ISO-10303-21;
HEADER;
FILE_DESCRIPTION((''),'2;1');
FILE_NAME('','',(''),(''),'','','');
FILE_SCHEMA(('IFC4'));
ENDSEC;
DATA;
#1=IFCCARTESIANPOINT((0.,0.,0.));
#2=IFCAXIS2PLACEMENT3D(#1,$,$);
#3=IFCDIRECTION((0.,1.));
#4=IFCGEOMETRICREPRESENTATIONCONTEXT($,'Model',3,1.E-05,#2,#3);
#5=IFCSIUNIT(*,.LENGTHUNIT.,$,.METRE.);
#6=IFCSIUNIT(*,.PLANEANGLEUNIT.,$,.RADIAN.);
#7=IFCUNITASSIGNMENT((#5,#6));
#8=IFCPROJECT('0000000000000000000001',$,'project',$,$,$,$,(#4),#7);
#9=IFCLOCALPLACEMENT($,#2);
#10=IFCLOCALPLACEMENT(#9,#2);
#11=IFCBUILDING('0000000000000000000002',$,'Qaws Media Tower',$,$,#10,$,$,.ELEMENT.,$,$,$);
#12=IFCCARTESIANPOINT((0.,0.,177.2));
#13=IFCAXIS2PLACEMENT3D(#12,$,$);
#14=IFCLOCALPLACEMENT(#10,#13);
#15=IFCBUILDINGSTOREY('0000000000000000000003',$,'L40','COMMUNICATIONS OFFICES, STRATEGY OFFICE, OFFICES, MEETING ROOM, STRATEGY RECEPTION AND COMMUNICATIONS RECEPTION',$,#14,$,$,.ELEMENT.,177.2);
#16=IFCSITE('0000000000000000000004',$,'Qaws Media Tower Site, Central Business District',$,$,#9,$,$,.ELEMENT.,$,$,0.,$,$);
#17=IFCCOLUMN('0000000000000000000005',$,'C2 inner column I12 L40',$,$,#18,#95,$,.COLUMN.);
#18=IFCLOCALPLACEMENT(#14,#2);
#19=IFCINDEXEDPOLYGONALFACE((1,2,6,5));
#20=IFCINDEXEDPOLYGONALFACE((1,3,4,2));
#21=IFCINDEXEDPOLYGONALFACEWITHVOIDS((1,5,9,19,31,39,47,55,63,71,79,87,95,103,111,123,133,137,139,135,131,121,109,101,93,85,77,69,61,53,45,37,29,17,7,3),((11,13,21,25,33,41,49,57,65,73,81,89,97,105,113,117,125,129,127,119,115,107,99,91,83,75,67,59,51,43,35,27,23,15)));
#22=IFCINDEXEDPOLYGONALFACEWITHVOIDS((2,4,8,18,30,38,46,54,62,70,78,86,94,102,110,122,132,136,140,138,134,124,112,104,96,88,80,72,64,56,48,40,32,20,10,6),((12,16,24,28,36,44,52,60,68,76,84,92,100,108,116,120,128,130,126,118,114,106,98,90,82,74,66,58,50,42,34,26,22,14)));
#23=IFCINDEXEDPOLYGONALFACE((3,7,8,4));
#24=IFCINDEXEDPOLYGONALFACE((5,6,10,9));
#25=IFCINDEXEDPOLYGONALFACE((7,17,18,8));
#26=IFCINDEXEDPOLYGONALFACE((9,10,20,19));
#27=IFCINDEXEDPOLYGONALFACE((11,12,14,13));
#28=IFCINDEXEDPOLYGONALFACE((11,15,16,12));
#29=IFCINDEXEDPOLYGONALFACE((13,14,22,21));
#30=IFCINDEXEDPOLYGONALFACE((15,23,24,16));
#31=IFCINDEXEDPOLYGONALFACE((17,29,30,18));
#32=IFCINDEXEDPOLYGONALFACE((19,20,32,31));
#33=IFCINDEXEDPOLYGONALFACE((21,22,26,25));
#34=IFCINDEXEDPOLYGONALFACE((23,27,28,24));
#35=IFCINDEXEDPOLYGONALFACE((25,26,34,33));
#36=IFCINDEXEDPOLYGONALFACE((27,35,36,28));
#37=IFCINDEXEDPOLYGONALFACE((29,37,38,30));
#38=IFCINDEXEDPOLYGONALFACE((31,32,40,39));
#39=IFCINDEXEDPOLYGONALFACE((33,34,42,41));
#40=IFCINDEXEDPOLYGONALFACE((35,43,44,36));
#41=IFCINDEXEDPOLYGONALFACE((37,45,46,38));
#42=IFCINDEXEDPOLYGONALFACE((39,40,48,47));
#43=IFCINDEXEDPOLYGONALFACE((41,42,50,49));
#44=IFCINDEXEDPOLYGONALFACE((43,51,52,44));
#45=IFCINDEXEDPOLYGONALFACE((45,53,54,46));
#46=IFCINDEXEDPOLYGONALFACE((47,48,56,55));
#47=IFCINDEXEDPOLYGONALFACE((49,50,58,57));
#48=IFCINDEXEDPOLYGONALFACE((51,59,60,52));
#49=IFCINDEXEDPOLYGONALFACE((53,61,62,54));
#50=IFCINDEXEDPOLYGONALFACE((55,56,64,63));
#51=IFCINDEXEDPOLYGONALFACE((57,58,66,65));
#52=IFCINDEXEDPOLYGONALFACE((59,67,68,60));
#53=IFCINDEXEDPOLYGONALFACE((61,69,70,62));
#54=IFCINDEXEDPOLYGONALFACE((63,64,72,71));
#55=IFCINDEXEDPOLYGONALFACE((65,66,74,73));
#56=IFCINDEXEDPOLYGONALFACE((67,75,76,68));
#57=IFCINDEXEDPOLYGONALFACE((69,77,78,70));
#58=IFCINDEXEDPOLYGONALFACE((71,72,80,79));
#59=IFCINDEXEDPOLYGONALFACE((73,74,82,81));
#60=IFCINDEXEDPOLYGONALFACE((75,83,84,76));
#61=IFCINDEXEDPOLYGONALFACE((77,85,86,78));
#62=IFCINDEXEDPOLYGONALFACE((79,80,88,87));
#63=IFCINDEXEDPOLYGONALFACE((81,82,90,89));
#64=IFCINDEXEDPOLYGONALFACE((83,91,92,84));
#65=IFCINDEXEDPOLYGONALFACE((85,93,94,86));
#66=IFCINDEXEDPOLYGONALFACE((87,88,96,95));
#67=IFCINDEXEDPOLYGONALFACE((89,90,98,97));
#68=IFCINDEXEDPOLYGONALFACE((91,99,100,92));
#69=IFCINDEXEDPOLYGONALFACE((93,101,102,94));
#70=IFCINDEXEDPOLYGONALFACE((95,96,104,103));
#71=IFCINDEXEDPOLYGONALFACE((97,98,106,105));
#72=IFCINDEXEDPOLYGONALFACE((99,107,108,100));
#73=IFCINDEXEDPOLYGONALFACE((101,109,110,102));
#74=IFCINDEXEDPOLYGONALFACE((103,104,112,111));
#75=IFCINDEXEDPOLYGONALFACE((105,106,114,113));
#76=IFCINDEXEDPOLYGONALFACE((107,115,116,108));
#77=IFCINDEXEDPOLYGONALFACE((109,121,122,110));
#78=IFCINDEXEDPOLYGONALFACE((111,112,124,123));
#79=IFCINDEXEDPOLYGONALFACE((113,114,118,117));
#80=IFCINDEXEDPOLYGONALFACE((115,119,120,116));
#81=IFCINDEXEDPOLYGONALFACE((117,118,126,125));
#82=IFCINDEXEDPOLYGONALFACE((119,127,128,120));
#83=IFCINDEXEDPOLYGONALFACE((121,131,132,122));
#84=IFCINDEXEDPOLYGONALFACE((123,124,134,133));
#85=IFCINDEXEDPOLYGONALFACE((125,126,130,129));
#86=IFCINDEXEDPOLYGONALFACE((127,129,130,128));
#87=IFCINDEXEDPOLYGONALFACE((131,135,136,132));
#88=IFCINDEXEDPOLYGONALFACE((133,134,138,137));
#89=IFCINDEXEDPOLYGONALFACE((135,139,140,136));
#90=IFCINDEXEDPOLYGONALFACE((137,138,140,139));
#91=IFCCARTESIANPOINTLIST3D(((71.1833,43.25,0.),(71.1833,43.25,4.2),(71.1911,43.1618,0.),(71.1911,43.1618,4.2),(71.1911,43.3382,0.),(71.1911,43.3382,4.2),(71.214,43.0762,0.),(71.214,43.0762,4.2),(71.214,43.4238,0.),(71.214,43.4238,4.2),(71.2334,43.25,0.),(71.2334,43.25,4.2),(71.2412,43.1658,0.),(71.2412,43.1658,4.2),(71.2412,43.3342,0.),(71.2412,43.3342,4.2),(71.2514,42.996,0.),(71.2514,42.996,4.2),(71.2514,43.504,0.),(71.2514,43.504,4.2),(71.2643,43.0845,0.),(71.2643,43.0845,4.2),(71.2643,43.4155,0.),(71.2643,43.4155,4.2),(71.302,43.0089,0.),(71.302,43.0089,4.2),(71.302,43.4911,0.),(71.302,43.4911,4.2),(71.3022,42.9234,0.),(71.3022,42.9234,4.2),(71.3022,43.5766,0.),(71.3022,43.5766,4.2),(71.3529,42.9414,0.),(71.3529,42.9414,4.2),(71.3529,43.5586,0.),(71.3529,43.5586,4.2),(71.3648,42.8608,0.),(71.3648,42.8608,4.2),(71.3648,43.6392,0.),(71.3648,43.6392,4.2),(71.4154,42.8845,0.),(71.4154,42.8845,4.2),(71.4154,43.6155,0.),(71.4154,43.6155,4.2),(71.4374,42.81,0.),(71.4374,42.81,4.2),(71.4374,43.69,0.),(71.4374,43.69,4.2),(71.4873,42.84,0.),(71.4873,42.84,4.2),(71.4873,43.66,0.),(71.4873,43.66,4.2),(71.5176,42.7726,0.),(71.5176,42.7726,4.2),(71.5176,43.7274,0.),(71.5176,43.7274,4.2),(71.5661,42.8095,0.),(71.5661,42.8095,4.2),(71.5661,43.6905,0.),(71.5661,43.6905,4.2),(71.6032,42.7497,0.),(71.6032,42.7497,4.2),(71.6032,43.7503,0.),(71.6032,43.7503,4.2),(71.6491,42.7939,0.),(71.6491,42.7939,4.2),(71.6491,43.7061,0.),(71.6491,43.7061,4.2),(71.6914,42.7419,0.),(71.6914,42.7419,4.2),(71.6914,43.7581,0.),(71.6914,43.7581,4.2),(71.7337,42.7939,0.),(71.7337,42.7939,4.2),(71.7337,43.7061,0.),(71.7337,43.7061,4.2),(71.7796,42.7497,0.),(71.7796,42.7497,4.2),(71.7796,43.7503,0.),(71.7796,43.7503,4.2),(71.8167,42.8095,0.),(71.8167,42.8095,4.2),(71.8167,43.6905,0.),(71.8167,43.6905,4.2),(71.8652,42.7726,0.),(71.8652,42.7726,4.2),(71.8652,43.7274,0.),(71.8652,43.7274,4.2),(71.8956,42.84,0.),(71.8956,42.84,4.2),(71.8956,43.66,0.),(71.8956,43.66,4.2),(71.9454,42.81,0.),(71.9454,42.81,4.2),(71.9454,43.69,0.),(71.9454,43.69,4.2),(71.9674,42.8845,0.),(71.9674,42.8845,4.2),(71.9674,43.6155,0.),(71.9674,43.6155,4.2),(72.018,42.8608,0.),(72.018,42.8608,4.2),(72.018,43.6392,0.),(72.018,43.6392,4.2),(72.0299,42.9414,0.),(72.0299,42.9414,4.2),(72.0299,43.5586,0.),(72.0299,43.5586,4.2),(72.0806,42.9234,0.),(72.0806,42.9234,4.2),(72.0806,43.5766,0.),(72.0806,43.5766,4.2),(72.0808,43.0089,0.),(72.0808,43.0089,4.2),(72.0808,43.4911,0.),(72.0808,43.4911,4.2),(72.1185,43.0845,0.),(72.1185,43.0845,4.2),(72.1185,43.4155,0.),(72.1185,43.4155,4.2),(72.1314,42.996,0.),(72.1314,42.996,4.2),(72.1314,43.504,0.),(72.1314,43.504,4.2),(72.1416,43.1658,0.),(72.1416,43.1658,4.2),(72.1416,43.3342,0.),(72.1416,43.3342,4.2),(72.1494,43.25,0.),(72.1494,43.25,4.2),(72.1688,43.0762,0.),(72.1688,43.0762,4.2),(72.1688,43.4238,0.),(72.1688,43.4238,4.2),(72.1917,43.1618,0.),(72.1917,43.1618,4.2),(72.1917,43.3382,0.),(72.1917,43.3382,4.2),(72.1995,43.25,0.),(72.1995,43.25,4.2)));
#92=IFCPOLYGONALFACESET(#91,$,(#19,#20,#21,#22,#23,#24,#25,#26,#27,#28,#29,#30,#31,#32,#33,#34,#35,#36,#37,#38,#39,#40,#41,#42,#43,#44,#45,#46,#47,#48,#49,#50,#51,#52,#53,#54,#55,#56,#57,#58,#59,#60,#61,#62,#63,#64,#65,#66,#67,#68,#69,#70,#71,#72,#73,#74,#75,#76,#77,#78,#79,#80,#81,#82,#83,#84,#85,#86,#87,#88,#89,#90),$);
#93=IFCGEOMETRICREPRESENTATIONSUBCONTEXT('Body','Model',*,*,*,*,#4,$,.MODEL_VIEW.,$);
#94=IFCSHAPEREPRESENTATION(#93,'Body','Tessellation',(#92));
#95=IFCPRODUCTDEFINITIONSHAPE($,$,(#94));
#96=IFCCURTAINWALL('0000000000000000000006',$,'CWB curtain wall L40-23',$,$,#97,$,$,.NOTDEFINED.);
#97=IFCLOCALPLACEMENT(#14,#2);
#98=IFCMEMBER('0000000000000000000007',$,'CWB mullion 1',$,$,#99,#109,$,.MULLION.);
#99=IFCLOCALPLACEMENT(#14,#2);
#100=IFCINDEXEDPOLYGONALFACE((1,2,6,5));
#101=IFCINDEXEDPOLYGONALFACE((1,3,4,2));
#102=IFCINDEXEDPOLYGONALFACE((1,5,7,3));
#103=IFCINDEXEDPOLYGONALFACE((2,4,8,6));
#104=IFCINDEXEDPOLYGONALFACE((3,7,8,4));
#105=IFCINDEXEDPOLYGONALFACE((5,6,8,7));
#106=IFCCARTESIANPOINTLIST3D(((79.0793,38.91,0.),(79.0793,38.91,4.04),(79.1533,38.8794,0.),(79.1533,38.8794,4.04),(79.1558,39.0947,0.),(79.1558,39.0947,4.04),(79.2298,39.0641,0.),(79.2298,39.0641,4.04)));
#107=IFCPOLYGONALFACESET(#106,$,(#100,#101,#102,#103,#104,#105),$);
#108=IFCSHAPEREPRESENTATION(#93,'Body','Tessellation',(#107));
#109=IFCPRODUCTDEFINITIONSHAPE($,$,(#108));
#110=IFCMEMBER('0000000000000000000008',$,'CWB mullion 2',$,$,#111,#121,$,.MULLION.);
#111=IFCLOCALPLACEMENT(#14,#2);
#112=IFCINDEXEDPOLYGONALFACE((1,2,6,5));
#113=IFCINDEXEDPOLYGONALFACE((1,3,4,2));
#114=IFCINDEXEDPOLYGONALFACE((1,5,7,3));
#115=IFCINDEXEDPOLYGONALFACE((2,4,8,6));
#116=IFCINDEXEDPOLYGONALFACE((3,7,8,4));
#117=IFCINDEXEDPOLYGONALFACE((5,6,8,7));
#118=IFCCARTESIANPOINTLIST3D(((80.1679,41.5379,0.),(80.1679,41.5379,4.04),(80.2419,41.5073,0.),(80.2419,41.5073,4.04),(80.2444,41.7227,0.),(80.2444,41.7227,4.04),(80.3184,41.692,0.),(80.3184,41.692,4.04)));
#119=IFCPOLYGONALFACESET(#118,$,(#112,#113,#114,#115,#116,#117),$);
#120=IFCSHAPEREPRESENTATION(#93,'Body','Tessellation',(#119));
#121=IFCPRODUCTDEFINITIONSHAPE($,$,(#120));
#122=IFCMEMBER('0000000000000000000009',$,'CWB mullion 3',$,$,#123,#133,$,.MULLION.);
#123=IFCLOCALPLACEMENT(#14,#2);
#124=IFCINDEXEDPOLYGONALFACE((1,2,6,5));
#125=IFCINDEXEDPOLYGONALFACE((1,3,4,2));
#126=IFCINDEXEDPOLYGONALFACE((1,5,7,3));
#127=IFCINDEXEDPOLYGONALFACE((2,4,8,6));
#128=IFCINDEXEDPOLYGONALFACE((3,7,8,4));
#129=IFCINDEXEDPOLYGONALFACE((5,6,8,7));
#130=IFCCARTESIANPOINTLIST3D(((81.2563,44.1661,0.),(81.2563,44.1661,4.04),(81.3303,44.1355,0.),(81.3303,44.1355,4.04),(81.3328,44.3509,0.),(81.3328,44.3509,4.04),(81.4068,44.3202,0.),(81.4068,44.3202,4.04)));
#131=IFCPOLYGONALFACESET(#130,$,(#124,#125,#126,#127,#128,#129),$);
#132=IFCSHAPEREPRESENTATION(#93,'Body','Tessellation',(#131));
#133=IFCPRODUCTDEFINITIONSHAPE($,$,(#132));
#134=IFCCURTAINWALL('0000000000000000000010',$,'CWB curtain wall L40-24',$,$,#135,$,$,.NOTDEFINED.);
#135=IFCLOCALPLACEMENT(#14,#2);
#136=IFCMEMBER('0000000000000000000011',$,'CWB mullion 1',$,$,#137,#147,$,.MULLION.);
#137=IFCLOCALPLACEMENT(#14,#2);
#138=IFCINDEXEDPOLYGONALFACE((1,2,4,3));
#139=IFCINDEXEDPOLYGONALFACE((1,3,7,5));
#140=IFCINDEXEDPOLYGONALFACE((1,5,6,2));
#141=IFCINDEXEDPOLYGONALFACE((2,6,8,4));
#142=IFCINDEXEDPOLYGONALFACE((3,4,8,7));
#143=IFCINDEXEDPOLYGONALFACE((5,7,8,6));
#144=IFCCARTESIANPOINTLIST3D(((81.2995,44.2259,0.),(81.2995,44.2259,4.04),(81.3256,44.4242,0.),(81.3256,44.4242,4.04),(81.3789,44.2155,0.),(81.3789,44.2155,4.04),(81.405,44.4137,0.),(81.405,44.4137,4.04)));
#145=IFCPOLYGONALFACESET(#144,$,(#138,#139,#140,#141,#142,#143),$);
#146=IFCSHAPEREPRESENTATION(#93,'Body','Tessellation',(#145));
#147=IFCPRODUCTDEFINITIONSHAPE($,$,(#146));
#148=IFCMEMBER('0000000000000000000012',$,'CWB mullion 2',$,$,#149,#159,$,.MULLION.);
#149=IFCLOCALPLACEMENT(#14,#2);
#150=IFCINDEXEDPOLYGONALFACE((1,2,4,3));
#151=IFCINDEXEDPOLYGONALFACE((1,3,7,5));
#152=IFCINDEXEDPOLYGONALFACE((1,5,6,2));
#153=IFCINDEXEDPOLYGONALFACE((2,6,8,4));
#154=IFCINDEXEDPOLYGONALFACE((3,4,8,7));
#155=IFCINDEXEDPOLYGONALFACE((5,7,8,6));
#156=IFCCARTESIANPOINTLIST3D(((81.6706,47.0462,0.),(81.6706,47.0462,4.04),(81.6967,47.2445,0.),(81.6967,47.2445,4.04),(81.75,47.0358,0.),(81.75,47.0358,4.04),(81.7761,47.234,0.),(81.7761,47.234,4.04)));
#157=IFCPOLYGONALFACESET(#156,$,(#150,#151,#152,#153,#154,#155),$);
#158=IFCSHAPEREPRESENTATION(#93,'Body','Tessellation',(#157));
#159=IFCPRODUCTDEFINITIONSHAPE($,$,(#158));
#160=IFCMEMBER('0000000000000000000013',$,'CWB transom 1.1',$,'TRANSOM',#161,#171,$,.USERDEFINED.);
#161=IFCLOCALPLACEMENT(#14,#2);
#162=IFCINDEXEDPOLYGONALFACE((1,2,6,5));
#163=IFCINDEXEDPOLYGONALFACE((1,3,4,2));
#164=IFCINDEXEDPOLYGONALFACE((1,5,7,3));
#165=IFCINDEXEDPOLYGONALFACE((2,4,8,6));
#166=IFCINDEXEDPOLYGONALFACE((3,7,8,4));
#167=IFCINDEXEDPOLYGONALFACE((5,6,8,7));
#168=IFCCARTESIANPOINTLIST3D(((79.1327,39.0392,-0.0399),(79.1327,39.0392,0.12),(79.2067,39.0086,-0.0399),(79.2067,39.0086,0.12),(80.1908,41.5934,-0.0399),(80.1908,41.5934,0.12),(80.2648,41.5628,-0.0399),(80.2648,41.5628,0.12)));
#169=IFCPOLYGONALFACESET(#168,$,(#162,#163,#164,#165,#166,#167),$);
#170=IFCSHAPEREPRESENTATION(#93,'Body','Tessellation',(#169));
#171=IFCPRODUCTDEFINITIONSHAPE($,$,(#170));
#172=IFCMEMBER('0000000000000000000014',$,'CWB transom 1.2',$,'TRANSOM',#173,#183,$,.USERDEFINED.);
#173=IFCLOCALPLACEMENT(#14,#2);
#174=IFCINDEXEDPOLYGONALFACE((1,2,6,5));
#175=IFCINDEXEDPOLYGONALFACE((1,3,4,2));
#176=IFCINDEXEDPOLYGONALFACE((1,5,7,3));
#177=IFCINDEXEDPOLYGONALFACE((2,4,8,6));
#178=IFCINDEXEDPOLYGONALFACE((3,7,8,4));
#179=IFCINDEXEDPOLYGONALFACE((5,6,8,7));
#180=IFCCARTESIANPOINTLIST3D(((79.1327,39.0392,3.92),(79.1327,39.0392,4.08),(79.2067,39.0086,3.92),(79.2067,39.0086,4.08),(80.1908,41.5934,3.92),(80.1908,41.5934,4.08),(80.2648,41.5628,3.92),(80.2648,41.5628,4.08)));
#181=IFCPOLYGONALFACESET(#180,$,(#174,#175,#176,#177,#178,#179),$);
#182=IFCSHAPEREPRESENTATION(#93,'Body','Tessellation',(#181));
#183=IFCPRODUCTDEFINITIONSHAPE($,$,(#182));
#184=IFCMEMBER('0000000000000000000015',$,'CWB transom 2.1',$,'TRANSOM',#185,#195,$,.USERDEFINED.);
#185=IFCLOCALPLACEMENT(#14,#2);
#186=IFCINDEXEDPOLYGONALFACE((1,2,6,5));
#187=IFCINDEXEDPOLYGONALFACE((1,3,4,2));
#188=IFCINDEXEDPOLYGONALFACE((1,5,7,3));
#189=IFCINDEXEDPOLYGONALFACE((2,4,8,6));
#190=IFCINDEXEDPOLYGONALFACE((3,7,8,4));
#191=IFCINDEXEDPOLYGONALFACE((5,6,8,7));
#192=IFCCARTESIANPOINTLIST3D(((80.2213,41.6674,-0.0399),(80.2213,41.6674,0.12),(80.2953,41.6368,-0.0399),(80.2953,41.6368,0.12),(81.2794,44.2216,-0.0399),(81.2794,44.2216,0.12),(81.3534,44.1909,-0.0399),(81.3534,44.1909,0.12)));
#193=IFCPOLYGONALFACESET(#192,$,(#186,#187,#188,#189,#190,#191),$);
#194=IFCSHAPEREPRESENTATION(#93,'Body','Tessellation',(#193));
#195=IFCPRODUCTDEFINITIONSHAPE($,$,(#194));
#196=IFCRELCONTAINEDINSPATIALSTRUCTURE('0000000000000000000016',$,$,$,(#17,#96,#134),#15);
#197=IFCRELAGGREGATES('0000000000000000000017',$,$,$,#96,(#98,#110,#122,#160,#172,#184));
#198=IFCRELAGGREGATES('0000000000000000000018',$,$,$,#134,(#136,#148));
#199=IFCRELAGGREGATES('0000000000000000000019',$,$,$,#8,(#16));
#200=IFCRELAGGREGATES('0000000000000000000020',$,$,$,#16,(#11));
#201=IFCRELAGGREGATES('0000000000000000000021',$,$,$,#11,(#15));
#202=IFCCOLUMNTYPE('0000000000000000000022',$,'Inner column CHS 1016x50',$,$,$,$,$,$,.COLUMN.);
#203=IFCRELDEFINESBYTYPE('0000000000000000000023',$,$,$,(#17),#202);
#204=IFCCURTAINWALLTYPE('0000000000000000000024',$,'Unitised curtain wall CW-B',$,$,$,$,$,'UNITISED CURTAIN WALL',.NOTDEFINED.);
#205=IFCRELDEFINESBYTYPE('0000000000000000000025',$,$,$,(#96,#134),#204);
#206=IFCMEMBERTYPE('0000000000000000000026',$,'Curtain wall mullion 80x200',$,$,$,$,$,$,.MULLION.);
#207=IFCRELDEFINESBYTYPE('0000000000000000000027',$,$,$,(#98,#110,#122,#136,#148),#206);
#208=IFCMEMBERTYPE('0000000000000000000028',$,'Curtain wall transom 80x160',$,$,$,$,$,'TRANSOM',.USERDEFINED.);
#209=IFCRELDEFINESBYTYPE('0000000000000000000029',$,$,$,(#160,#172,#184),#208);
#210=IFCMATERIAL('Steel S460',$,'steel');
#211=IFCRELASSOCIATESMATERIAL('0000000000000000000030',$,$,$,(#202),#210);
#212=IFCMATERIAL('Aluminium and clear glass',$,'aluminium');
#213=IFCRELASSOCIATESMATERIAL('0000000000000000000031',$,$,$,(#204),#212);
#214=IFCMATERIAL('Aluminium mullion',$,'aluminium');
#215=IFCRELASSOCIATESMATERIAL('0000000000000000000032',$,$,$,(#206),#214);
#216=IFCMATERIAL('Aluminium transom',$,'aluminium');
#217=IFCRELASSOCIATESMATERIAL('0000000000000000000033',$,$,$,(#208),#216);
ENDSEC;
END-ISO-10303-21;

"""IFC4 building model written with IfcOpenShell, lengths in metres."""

from ifc_helpers import new_model, si_unit, direction, frame, origin, origin_2d, place, context, subcontext, project, spatial, rectangle, hollow_circle, extrude, material, material_profile, profile_set, type_object, element, aggregate, save


model = new_model("IFC4")

# Units and contexts
model_context = context("Model", 3, precision=1e-05, world=origin(), true_north=direction((0.0, 1.0)))
body_context = subcontext(model_context, "Body", "Model", "MODEL_VIEW")
ifc_project = project(units=[si_unit("LENGTHUNIT", "METRE"), si_unit("PLANEANGLEUNIT", "RADIAN")], contexts=[model_context])

# Site, building, storey
site_placement = place(None, origin())
site = spatial("IfcSite", under=ifc_project, at=site_placement, Name="Qaws Media Tower Site, Central Business District", CompositionType="ELEMENT", RefElevation=0.0)
building_placement = place(site_placement, origin())
building = spatial("IfcBuilding", under=site, at=building_placement, Name="Qaws Media Tower", CompositionType="ELEMENT")
storey_placement = place(building_placement, frame((0.0, 0.0, 177.2)))
storey = spatial("IfcBuildingStorey", under=building, at=storey_placement, Name="L40", Description="COMMUNICATIONS OFFICES, STRATEGY OFFICE, OFFICES, MEETING ROOM, STRATEGY RECEPTION AND COMMUNICATIONS RECEPTION", CompositionType="ELEMENT", Elevation=177.2)

# Column
ifc_material_1 = material(Name="Steel S460", Category="steel")
ifc_material_profile_1 = material_profile(ifc_material_1, hollow_circle(Radius=0.5081, WallThickness=0.05, at=origin_2d()), Name="CHS 1016x50")
ifc_profile_set_1 = profile_set([ifc_material_profile_1], Name="Steel S460")
column_type = type_object("IfcColumnType", Name="Inner column CHS 1016x50", PredefinedType="COLUMN", material=ifc_profile_set_1)
column_placement = place(storey_placement, frame((71.6914, 43.25, 0.0), z_axis=(0.0, 0.0, 1.0), x_axis=(1.0, 0.0, 0.0)))
element("IfcColumn", 1, at=column_placement, inside=storey, type_object=column_type, Name="C2 inner column I12 L40", PredefinedType="COLUMN", context=body_context, shape_type="SweptSolid", body=[
    extrude(hollow_circle(Radius=0.5081, WallThickness=0.05, at=origin_2d()), origin(), (0.0, 0.0, 1.0), 4.2),
])

# Curtain walls, members
ifc_material_2 = material(Name="Aluminium and clear glass", Category="aluminium")
curtain_wall_type = type_object("IfcCurtainWallType", Name="Unitised curtain wall CW-B", ElementType="UNITISED CURTAIN WALL", PredefinedType="NOTDEFINED", material=ifc_material_2)
curtain_wall_1_placement = place(storey_placement, origin())
curtain_wall_1 = element("IfcCurtainWall", 2, at=curtain_wall_1_placement, inside=storey, type_object=curtain_wall_type, Name="CWB curtain wall L40-23", PredefinedType="NOTDEFINED")
ifc_material_3 = material(Name="Aluminium mullion", Category="aluminium")
ifc_material_profile_2 = material_profile(ifc_material_3, rectangle(XDim=0.0801, YDim=0.2, at=origin_2d()), Name="80x200")
ifc_profile_set_2 = profile_set([ifc_material_profile_2], Name="Aluminium mullion")
member_type_1 = type_object("IfcMemberType", Name="Curtain wall mullion 80x200", PredefinedType="MULLION", material=ifc_profile_set_2)
member_1_placement = place(storey_placement, frame((79.1545, 38.9871, 0.0), z_axis=(0.0, 0.0, 1.0), x_axis=(-0.923879, 0.382684, 0.0)))
member_1 = element("IfcMember", 3, at=member_1_placement, type_object=member_type_1, Name="CWB mullion 1", PredefinedType="MULLION", context=body_context, shape_type="SweptSolid", body=[
    extrude(rectangle(XDim=0.0801, YDim=0.2, at=origin_2d()), origin(), (0.0, 0.0, 1.0), 4.04),
])
member_2_placement = place(storey_placement, frame((80.2432, 41.615, 0.0), z_axis=(0.0, 0.0, 1.0), x_axis=(-0.923879, 0.382684, 0.0)))
member_2 = element("IfcMember", 4, at=member_2_placement, type_object=member_type_1, Name="CWB mullion 2", PredefinedType="MULLION", context=body_context, shape_type="SweptSolid", body=[
    extrude(rectangle(XDim=0.0801, YDim=0.2, at=origin_2d()), origin(), (0.0, 0.0, 1.0), 4.04),
])
member_3_placement = place(storey_placement, frame((81.3315, 44.2432, 0.0), z_axis=(0.0, 0.0, 1.0), x_axis=(-0.923879, 0.382684, 0.0)))
member_3 = element("IfcMember", 5, at=member_3_placement, type_object=member_type_1, Name="CWB mullion 3", PredefinedType="MULLION", context=body_context, shape_type="SweptSolid", body=[
    extrude(rectangle(XDim=0.0801, YDim=0.2, at=origin_2d()), origin(), (0.0, 0.0, 1.0), 4.04),
])
curtain_wall_2_placement = place(storey_placement, origin())
curtain_wall_2 = element("IfcCurtainWall", 6, at=curtain_wall_2_placement, inside=storey, type_object=curtain_wall_type, Name="CWB curtain wall L40-24", PredefinedType="NOTDEFINED")
member_4_placement = place(storey_placement, frame((81.3523, 44.3198, 0.0), z_axis=(0.0, 0.0, 1.0), x_axis=(-0.991445, 0.130526, 0.0)))
member_4 = element("IfcMember", 7, at=member_4_placement, type_object=member_type_1, Name="CWB mullion 1", PredefinedType="MULLION", context=body_context, shape_type="SweptSolid", body=[
    extrude(rectangle(XDim=0.0801, YDim=0.2, at=origin_2d()), origin(), (0.0, 0.0, 1.0), 4.04),
])
member_5_placement = place(storey_placement, frame((81.7234, 47.1401, 0.0), z_axis=(0.0, 0.0, 1.0), x_axis=(-0.991445, 0.130526, 0.0)))
member_5 = element("IfcMember", 8, at=member_5_placement, type_object=member_type_1, Name="CWB mullion 2", PredefinedType="MULLION", context=body_context, shape_type="SweptSolid", body=[
    extrude(rectangle(XDim=0.0801, YDim=0.2, at=origin_2d()), origin(), (0.0, 0.0, 1.0), 4.04),
])

# Members
ifc_material_4 = material(Name="Aluminium transom", Category="aluminium")
ifc_material_profile_3 = material_profile(ifc_material_4, rectangle(XDim=0.0801, YDim=0.1599, at=origin_2d()), Name="80x160")
ifc_profile_set_3 = profile_set([ifc_material_profile_3], Name="Aluminium transom")
member_type_2 = type_object("IfcMemberType", Name="Curtain wall transom 80x160", ElementType="TRANSOM", PredefinedType="USERDEFINED", material=ifc_profile_set_3)
member_6_placement = place(storey_placement, frame((79.1697, 39.0239, 0.04), z_axis=(0.382721, 0.923864, 0.0), x_axis=(-0.923864, 0.382721, 0.0)))
member_6 = element("IfcMember", 9, at=member_6_placement, type_object=member_type_2, Name="CWB transom 1.1", ObjectType="TRANSOM", PredefinedType="USERDEFINED", context=body_context, shape_type="SweptSolid", body=[
    extrude(rectangle(XDim=0.0801, YDim=0.1599, at=origin_2d()), origin(), (0.0, 0.0, 1.0), 2.7646),
])
member_7_placement = place(storey_placement, frame((79.1697, 39.0239, 4.0), z_axis=(0.382721, 0.923864, 0.0), x_axis=(-0.923864, 0.382721, 0.0)))
member_7 = element("IfcMember", 10, at=member_7_placement, type_object=member_type_2, Name="CWB transom 1.2", ObjectType="TRANSOM", PredefinedType="USERDEFINED", context=body_context, shape_type="SweptSolid", body=[
    extrude(rectangle(XDim=0.0801, YDim=0.1599, at=origin_2d()), origin(), (0.0, 0.0, 1.0), 2.7646),
])
member_8_placement = place(storey_placement, frame((80.2583, 41.6521, 0.04), z_axis=(0.382721, 0.923864, 0.0), x_axis=(-0.923864, 0.382721, 0.0)))
member_8 = element("IfcMember", 11, at=member_8_placement, type_object=member_type_2, Name="CWB transom 2.1", ObjectType="TRANSOM", PredefinedType="USERDEFINED", context=body_context, shape_type="SweptSolid", body=[
    extrude(rectangle(XDim=0.0801, YDim=0.1599, at=origin_2d()), origin(), (0.0, 0.0, 1.0), 2.7646),
])

aggregate(curtain_wall_1, [member_1, member_2, member_3, member_6, member_7, member_8])
aggregate(curtain_wall_2, [member_4, member_5])

save(model, "model.ifc")
